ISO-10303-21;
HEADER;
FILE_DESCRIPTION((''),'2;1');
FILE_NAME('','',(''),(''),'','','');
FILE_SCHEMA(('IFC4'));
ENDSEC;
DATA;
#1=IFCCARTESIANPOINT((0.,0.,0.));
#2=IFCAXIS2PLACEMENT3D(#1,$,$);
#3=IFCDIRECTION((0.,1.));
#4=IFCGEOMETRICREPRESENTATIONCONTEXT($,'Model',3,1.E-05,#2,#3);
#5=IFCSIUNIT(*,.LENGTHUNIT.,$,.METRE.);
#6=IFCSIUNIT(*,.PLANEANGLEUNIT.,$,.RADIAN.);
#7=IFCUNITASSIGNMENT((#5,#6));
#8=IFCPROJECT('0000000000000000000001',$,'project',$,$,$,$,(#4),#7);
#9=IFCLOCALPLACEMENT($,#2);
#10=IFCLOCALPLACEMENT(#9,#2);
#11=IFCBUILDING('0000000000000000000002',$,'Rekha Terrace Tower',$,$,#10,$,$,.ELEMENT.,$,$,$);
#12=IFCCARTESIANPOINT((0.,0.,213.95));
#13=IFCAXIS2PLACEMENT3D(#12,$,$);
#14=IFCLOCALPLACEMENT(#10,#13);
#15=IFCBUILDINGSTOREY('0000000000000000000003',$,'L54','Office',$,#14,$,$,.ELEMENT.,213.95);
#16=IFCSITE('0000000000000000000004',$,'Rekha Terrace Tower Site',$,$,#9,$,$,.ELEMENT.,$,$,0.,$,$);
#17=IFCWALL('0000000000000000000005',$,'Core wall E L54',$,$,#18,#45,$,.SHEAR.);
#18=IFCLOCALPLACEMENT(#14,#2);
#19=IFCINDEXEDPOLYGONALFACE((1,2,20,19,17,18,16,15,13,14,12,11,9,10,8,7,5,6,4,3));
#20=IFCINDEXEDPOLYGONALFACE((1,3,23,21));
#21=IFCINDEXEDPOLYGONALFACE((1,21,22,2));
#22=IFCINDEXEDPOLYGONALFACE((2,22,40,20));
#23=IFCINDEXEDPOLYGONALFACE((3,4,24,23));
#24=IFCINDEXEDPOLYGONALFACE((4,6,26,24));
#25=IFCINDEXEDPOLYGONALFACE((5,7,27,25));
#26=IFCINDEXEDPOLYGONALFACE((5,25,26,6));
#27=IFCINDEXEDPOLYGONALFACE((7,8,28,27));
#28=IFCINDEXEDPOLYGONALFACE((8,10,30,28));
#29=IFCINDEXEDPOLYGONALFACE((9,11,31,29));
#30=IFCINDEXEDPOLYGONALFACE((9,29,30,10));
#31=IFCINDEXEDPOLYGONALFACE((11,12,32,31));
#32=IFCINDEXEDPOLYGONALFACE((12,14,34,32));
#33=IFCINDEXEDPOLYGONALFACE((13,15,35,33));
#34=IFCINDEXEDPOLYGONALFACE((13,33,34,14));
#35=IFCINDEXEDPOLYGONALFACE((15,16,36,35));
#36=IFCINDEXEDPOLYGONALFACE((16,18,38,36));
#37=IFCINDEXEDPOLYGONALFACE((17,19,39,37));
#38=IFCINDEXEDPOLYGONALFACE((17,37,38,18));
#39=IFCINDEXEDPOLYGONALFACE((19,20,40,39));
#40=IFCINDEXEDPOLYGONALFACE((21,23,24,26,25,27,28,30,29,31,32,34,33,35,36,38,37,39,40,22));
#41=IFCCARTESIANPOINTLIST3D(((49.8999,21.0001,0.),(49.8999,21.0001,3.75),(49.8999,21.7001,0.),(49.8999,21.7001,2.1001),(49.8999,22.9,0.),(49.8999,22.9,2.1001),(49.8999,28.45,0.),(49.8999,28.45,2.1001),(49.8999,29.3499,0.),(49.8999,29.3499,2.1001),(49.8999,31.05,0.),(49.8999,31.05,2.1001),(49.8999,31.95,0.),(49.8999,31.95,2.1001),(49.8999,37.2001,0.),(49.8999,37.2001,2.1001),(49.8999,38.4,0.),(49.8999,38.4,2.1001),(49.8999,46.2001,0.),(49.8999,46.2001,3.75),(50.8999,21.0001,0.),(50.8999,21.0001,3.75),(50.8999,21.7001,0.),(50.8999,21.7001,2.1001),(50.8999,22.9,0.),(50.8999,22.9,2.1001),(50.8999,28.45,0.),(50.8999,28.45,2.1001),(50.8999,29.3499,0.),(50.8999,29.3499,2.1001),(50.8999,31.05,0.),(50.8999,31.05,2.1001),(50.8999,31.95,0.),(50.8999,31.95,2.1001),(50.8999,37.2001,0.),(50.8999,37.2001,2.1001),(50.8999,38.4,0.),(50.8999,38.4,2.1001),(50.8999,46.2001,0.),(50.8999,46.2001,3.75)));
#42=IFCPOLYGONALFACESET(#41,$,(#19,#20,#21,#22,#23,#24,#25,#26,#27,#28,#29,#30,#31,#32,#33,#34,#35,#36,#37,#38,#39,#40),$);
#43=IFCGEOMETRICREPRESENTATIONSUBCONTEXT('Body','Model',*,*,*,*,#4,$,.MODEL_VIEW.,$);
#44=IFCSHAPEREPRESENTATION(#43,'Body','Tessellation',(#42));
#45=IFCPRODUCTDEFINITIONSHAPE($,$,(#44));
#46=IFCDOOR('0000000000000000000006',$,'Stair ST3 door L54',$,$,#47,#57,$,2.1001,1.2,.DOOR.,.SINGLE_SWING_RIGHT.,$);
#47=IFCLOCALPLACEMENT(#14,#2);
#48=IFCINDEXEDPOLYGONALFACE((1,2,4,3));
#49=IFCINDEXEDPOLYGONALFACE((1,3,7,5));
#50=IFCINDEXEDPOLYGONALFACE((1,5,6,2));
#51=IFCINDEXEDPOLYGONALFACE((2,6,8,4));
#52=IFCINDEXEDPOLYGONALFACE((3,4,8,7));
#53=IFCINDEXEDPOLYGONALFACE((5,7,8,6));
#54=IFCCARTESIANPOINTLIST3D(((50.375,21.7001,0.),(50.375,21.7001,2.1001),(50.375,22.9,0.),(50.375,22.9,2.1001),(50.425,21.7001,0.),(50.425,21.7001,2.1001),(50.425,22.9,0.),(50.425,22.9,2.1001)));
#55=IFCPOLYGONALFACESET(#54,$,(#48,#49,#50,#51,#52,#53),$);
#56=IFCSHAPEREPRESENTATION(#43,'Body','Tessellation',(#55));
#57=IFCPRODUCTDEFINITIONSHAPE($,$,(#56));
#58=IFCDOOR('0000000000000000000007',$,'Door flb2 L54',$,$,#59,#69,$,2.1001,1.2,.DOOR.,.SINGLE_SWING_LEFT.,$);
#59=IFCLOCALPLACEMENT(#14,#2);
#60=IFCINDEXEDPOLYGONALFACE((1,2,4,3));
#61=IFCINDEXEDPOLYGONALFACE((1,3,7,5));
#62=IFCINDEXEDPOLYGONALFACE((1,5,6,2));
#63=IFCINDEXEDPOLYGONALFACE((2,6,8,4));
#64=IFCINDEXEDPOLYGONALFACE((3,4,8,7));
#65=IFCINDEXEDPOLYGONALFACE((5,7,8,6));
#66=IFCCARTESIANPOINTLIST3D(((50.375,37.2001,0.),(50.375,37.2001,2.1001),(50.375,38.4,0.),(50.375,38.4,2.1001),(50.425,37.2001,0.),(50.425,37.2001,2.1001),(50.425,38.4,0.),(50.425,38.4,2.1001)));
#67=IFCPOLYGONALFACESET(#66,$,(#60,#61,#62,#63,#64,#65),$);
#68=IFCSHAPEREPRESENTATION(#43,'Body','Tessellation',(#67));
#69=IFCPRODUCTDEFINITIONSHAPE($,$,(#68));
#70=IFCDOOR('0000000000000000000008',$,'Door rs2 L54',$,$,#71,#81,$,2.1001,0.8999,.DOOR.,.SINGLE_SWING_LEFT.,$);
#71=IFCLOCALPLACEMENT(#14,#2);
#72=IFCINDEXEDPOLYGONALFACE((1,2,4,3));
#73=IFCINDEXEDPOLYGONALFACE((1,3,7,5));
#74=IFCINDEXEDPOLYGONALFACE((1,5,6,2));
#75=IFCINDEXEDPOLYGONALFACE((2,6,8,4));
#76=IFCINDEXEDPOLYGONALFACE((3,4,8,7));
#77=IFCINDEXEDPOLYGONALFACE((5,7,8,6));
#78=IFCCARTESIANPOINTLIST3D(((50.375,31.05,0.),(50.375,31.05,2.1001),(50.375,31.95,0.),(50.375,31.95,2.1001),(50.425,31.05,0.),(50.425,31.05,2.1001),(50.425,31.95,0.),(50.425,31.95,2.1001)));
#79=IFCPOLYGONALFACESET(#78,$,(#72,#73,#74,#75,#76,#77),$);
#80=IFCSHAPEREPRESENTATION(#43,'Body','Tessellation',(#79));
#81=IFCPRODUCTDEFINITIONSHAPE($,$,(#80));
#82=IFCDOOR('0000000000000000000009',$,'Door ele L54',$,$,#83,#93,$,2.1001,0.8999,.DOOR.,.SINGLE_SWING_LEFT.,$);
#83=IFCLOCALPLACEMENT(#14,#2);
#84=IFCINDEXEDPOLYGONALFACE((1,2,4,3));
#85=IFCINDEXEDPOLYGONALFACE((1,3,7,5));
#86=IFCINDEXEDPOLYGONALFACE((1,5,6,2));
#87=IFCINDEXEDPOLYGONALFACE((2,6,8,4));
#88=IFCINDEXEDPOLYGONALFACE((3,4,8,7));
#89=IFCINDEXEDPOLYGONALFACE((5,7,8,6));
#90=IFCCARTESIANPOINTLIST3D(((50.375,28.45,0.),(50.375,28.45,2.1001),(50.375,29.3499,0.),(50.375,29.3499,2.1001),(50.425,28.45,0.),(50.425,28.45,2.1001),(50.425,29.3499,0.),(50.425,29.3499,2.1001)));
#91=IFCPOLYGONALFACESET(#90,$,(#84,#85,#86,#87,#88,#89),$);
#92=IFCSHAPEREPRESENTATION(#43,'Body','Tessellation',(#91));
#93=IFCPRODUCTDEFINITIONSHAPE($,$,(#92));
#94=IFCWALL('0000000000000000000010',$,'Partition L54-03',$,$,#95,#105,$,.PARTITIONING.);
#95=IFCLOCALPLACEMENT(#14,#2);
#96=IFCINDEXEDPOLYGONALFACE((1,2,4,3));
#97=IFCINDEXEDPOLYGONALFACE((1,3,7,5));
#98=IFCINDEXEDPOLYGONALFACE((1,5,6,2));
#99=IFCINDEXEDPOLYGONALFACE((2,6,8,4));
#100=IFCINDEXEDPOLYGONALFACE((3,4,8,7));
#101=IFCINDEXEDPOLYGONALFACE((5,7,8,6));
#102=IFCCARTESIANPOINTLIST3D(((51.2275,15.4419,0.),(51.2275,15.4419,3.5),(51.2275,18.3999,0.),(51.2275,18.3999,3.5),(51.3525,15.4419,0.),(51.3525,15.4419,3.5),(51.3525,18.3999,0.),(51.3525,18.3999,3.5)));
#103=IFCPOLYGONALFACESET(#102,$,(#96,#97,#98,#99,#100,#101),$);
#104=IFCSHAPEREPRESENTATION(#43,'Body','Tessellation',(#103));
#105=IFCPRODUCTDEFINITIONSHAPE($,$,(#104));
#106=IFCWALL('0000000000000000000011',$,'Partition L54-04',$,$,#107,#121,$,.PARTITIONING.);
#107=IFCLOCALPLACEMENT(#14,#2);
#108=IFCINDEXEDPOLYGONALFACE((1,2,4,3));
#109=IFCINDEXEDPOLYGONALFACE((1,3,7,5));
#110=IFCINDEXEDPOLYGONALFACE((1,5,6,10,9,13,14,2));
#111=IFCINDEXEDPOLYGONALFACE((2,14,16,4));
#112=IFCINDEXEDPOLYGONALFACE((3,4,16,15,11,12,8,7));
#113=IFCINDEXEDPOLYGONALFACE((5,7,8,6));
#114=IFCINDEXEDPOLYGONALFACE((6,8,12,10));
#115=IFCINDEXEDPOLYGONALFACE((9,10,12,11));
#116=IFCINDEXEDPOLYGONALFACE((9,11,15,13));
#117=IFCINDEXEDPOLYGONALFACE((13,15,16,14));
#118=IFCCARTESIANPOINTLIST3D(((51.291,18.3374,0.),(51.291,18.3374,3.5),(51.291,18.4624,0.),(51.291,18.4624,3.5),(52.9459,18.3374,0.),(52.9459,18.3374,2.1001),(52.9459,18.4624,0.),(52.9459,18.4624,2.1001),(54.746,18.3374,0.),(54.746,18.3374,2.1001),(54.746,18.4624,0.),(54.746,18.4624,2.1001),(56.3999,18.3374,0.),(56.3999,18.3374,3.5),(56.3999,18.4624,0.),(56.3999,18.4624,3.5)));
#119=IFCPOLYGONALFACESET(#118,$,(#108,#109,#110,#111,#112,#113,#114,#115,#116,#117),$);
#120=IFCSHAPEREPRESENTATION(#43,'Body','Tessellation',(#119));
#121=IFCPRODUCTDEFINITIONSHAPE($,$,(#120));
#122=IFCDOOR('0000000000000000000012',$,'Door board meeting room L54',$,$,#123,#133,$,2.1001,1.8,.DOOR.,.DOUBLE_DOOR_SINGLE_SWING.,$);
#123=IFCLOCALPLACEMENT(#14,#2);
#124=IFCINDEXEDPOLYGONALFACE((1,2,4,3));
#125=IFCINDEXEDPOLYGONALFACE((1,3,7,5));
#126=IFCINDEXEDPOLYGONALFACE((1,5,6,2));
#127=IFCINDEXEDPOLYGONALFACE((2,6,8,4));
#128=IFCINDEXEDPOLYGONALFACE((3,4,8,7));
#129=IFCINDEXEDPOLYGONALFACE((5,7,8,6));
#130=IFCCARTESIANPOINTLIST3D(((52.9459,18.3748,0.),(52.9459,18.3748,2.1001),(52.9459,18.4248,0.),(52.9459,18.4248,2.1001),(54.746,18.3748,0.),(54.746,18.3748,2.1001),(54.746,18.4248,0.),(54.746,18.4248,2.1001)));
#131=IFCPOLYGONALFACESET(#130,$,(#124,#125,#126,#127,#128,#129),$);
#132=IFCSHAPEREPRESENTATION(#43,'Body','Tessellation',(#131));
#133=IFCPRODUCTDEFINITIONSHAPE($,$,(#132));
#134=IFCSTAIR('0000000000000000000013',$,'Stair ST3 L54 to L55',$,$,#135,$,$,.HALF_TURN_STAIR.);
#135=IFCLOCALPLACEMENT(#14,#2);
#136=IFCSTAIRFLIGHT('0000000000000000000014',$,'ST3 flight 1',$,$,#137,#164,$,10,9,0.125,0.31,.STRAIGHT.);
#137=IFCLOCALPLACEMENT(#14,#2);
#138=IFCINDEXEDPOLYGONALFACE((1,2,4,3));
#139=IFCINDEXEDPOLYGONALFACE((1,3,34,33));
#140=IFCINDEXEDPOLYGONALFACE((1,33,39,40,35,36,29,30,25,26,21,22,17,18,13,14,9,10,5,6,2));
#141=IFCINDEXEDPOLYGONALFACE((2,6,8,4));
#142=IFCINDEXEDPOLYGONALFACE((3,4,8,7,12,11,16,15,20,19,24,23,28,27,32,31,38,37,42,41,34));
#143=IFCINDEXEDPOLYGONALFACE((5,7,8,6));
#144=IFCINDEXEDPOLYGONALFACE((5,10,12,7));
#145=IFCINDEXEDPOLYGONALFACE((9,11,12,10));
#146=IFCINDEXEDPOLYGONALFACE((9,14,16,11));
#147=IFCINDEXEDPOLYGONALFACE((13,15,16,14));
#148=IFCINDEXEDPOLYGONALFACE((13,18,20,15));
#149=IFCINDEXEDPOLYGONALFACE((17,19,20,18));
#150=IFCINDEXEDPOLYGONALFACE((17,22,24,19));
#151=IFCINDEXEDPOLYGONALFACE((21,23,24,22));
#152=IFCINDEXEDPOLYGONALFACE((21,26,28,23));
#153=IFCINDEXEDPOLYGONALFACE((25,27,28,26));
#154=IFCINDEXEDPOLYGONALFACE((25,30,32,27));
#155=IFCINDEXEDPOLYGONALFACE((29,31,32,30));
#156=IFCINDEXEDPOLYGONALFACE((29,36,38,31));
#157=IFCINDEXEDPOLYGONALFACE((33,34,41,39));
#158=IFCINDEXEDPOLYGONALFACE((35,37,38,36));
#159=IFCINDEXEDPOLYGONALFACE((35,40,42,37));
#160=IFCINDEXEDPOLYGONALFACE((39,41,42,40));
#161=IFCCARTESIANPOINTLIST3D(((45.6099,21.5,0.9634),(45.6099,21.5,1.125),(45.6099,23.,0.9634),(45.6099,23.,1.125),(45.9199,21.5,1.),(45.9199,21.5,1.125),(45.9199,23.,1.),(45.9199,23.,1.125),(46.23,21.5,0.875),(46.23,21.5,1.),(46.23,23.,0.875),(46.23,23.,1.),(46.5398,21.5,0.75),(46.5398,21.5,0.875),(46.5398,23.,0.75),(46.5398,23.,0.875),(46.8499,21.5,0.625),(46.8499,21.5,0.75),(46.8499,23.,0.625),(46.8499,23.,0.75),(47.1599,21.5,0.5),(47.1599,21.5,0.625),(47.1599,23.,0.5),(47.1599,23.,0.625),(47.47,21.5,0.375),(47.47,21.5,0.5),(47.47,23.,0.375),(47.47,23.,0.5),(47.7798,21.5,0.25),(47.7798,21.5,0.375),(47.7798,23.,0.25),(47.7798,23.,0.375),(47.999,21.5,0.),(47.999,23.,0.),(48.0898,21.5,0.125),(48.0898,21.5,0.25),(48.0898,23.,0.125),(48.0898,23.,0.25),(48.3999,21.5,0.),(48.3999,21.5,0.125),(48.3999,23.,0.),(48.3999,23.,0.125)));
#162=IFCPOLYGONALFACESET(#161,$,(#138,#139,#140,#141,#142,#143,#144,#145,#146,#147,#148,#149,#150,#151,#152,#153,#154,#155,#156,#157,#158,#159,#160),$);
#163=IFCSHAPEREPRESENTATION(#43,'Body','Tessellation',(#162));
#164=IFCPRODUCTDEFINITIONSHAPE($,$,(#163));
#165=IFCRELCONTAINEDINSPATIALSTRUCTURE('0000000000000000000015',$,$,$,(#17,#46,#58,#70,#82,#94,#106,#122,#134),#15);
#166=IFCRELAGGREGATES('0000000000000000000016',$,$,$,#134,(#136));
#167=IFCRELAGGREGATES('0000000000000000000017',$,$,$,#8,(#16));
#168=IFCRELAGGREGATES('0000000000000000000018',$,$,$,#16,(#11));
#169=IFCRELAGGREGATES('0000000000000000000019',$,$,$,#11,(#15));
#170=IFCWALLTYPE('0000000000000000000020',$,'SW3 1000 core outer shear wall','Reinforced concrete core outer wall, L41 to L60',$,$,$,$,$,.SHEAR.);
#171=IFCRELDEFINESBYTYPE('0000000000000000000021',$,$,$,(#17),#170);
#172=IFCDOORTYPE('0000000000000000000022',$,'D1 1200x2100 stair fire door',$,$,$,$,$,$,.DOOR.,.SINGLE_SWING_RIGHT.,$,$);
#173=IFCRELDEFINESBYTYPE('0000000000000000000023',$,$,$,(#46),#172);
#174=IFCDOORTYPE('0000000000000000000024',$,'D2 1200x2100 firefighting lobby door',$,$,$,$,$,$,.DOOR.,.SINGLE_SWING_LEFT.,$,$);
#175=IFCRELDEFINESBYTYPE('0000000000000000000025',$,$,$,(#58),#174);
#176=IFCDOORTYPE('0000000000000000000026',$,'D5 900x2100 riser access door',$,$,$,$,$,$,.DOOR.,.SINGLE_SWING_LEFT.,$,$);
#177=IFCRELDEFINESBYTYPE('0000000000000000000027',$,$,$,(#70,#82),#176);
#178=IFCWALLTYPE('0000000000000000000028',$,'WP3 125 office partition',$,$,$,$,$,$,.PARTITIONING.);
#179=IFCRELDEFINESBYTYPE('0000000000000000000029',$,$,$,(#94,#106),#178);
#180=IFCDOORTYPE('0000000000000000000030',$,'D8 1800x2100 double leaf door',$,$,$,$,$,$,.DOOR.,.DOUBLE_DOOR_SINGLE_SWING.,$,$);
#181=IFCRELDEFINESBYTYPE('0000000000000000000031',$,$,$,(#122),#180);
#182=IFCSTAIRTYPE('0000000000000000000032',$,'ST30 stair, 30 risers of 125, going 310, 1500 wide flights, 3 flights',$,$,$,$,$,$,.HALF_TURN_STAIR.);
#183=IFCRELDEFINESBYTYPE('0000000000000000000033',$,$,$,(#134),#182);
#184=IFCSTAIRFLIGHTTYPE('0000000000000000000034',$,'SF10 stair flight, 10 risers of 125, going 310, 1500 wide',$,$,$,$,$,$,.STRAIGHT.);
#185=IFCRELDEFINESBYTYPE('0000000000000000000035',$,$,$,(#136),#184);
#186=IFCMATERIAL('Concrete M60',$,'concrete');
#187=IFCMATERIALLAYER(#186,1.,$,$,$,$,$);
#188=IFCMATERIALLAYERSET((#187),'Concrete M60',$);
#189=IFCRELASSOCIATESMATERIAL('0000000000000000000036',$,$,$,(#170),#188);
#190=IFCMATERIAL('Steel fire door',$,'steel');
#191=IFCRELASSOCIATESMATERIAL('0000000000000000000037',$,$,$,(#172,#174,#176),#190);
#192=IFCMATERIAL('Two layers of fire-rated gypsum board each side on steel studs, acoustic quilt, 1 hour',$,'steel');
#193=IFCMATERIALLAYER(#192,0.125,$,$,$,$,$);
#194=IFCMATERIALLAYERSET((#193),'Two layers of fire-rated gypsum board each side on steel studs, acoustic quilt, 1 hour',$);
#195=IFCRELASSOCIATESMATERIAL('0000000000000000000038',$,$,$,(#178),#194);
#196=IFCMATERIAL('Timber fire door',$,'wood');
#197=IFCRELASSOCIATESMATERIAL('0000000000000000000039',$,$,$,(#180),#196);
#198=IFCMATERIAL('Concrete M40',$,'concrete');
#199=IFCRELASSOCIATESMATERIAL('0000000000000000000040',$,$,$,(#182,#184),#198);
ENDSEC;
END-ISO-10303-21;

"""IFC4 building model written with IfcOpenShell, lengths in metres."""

from ifc_helpers import new_model, si_unit, direction, frame, frame_2d, origin, place, context, subcontext, project, spatial, polyline, rectangle, outline, extrude, material, layer, layer_set, type_object, element, fill, aggregate, save


model = new_model("IFC4")

# Units and contexts
model_context = context("Model", 3, precision=1e-05, world=origin(), true_north=direction((0.0, 1.0)))
body_context = subcontext(model_context, "Body", "Model", "MODEL_VIEW")
ifc_project = project(units=[si_unit("LENGTHUNIT", "METRE"), si_unit("PLANEANGLEUNIT", "RADIAN")], contexts=[model_context])

# Site, building, storey
site_placement = place(None, origin())
site = spatial("IfcSite", under=ifc_project, at=site_placement, Name="Rekha Terrace Tower Site", CompositionType="ELEMENT", RefElevation=0.0)
building_placement = place(site_placement, origin())
building = spatial("IfcBuilding", under=site, at=building_placement, Name="Rekha Terrace Tower", CompositionType="ELEMENT")
storey_placement = place(building_placement, frame((0.0, 0.0, 213.95)))
storey = spatial("IfcBuildingStorey", under=building, at=storey_placement, Name="L54", Description="Office", CompositionType="ELEMENT", Elevation=213.95)

# Shared definitions
ifc_material_1 = material(Name="Concrete M60", Category="concrete")

# Wall, openings, doors
ifc_layer_1 = layer(ifc_material_1, 1.0)
ifc_layer_set_1 = layer_set([ifc_layer_1], Name="Concrete M60")
wall_type_1 = type_object("IfcWallType", Name="SW3 1000 core outer shear wall", Description="Reinforced concrete core outer wall, L41 to L60", PredefinedType="SHEAR", material=ifc_layer_set_1)
wall_1_placement = place(storey_placement, frame((50.3999, 21.0, 0.0), z_axis=(0.0, 0.0, 1.0), x_axis=(0.0, 1.0, 0.0)))
wall_1 = element("IfcWall", 1, at=wall_1_placement, inside=storey, type_object=wall_type_1, Name="Core wall E L54", PredefinedType="SHEAR", context=body_context, shape_type="SweptSolid", body=[
    extrude(rectangle(XDim=25.2, YDim=1.0, at=frame_2d((12.6001, 0.0))), origin(), (0.0, 0.0, 1.0), 3.75),
])
opening_1_placement = place(wall_1_placement, frame((16.2, 0.0, 0.0)))
opening_1 = element("IfcOpeningElement", 2, at=opening_1_placement, cuts=wall_1, PredefinedType="OPENING", context=body_context, shape_type="SweptSolid", body=[
    extrude(rectangle(XDim=1.2, YDim=2.1001, at=frame_2d((0.6001, 1.05))), frame((0.0, 0.51, 0.0), z_axis=(0.0, -1.0, 0.0), x_axis=(1.0, 0.0, 0.0)), (0.0, 0.0, 1.0), 1.02),
])
opening_2_placement = place(wall_1_placement, frame((10.05, 0.0, 0.0)))
opening_2 = element("IfcOpeningElement", 3, at=opening_2_placement, cuts=wall_1, PredefinedType="OPENING", context=body_context, shape_type="SweptSolid", body=[
    extrude(rectangle(XDim=0.8999, YDim=2.1001, at=frame_2d((0.45, 1.05))), frame((0.0, 0.51, 0.0), z_axis=(0.0, -1.0, 0.0), x_axis=(1.0, 0.0, 0.0)), (0.0, 0.0, 1.0), 1.02),
])
opening_3_placement = place(wall_1_placement, frame((7.45, 0.0, 0.0)))
opening_3 = element("IfcOpeningElement", 4, at=opening_3_placement, cuts=wall_1, PredefinedType="OPENING", context=body_context, shape_type="SweptSolid", body=[
    extrude(rectangle(XDim=0.8999, YDim=2.1001, at=frame_2d((0.45, 1.05))), frame((0.0, 0.51, 0.0), z_axis=(0.0, -1.0, 0.0), x_axis=(1.0, 0.0, 0.0)), (0.0, 0.0, 1.0), 1.02),
])
opening_4_placement = place(wall_1_placement, frame((0.7, 0.0, 0.0)))
opening_4 = element("IfcOpeningElement", 5, at=opening_4_placement, cuts=wall_1, PredefinedType="OPENING", context=body_context, shape_type="SweptSolid", body=[
    extrude(rectangle(XDim=1.2, YDim=2.1001, at=frame_2d((0.6001, 1.05))), frame((0.0, 0.51, 0.0), z_axis=(0.0, -1.0, 0.0), x_axis=(1.0, 0.0, 0.0)), (0.0, 0.0, 1.0), 1.02),
])
ifc_material_2 = material(Name="Steel fire door", Category="steel")
door_type_1 = type_object("IfcDoorType", Name="D1 1200x2100 stair fire door", OperationType="SINGLE_SWING_RIGHT", PredefinedType="DOOR", material=ifc_material_2)
door_1_placement = place(opening_4_placement, origin())
door_1 = element("IfcDoor", 6, at=door_1_placement, inside=storey, type_object=door_type_1, Name="Stair ST3 door L54", OperationType="SINGLE_SWING_RIGHT", OverallHeight=2.1001, OverallWidth=1.2, PredefinedType="DOOR", context=body_context, shape_type="SweptSolid", body=[
    extrude(rectangle(XDim=1.2, YDim=2.1001, at=frame_2d((0.6001, 1.05))), frame((0.0, 0.0249, 0.0), z_axis=(0.0, -1.0, 0.0), x_axis=(1.0, 0.0, 0.0)), (0.0, 0.0, 1.0), 0.05),
])
fill(opening_4, door_1)
door_type_2 = type_object("IfcDoorType", Name="D2 1200x2100 firefighting lobby door", OperationType="SINGLE_SWING_LEFT", PredefinedType="DOOR", material=ifc_material_2)
door_2_placement = place(opening_1_placement, origin())
door_2 = element("IfcDoor", 7, at=door_2_placement, inside=storey, type_object=door_type_2, Name="Door flb2 L54", OperationType="SINGLE_SWING_LEFT", OverallHeight=2.1001, OverallWidth=1.2, PredefinedType="DOOR", context=body_context, shape_type="SweptSolid", body=[
    extrude(rectangle(XDim=1.2, YDim=2.1001, at=frame_2d((0.6001, 1.05))), frame((0.0, 0.0249, 0.0), z_axis=(0.0, -1.0, 0.0), x_axis=(1.0, 0.0, 0.0)), (0.0, 0.0, 1.0), 0.05),
])
fill(opening_1, door_2)
door_type_3 = type_object("IfcDoorType", Name="D5 900x2100 riser access door", OperationType="SINGLE_SWING_LEFT", PredefinedType="DOOR", material=ifc_material_2)
door_3_placement = place(opening_2_placement, origin())
door_3 = element("IfcDoor", 8, at=door_3_placement, inside=storey, type_object=door_type_3, Name="Door rs2 L54", OperationType="SINGLE_SWING_LEFT", OverallHeight=2.1001, OverallWidth=0.8999, PredefinedType="DOOR", context=body_context, shape_type="SweptSolid", body=[
    extrude(rectangle(XDim=0.8999, YDim=2.1001, at=frame_2d((0.45, 1.05))), frame((0.0, 0.0249, 0.0), z_axis=(0.0, -1.0, 0.0), x_axis=(1.0, 0.0, 0.0)), (0.0, 0.0, 1.0), 0.05),
])
fill(opening_2, door_3)
door_4_placement = place(opening_3_placement, origin())
door_4 = element("IfcDoor", 9, at=door_4_placement, inside=storey, type_object=door_type_3, Name="Door ele L54", OperationType="SINGLE_SWING_LEFT", OverallHeight=2.1001, OverallWidth=0.8999, PredefinedType="DOOR", context=body_context, shape_type="SweptSolid", body=[
    extrude(rectangle(XDim=0.8999, YDim=2.1001, at=frame_2d((0.45, 1.05))), frame((0.0, 0.0249, 0.0), z_axis=(0.0, -1.0, 0.0), x_axis=(1.0, 0.0, 0.0)), (0.0, 0.0, 1.0), 0.05),
])
fill(opening_3, door_4)

# Wall
ifc_material_3 = material(Name="Two layers of fire-rated gypsum board each side on steel studs, acoustic quilt, 1 hour", Category="steel")
ifc_layer_2 = layer(ifc_material_3, 0.125)
ifc_layer_set_2 = layer_set([ifc_layer_2], Name="Two layers of fire-rated gypsum board each side on steel studs, acoustic quilt, 1 hour")
wall_type_2 = type_object("IfcWallType", Name="WP3 125 office partition", PredefinedType="PARTITIONING", material=ifc_layer_set_2)
wall_2_placement = place(storey_placement, frame((51.29, 18.3999, 0.0), z_axis=(0.0, 0.0, 1.0), x_axis=(0.0, -1.0, 0.0)))
element("IfcWall", 10, at=wall_2_placement, inside=storey, type_object=wall_type_2, Name="Partition L54-03", PredefinedType="PARTITIONING", context=body_context, shape_type="SweptSolid", body=[
    extrude(rectangle(XDim=2.958, YDim=0.125, at=frame_2d((1.479, 0.0))), origin(), (0.0, 0.0, 1.0), 3.5),
])

# Wall, opening, door
wall_3_placement = place(storey_placement, frame((51.291, 18.3999, 0.0), z_axis=(0.0, 0.0, 1.0), x_axis=(1.0, 0.0, 0.0)))
wall_3 = element("IfcWall", 11, at=wall_3_placement, inside=storey, type_object=wall_type_2, Name="Partition L54-04", PredefinedType="PARTITIONING", context=body_context, shape_type="SweptSolid", body=[
    extrude(rectangle(XDim=5.1089, YDim=0.125, at=frame_2d((2.5544, 0.0))), origin(), (0.0, 0.0, 1.0), 3.5),
])
opening_5_placement = place(wall_3_placement, frame((1.655, 0.0, 0.0)))
opening_5 = element("IfcOpeningElement", 12, at=opening_5_placement, cuts=wall_3, PredefinedType="OPENING", context=body_context, shape_type="SweptSolid", body=[
    extrude(rectangle(XDim=1.8, YDim=2.1001, at=frame_2d((0.8999, 1.05))), frame((0.0, 0.0725, 0.0), z_axis=(0.0, -1.0, 0.0), x_axis=(1.0, 0.0, 0.0)), (0.0, 0.0, 1.0), 0.145),
])
ifc_material_4 = material(Name="Timber fire door", Category="wood")
door_type_4 = type_object("IfcDoorType", Name="D8 1800x2100 double leaf door", OperationType="DOUBLE_DOOR_SINGLE_SWING", PredefinedType="DOOR", material=ifc_material_4)
door_5_placement = place(opening_5_placement, origin())
door_5 = element("IfcDoor", 13, at=door_5_placement, inside=storey, type_object=door_type_4, Name="Door board meeting room L54", OperationType="DOUBLE_DOOR_SINGLE_SWING", OverallHeight=2.1001, OverallWidth=1.8, PredefinedType="DOOR", context=body_context, shape_type="SweptSolid", body=[
    extrude(rectangle(XDim=1.8, YDim=2.1001, at=frame_2d((0.8999, 1.05))), frame((0.0, 0.0249, 0.0), z_axis=(0.0, -1.0, 0.0), x_axis=(1.0, 0.0, 0.0)), (0.0, 0.0, 1.0), 0.05),
])
fill(opening_5, door_5)

# Stair, stair flight
ifc_material_5 = material(Name="Concrete M40", Category="concrete")
stair_type = type_object("IfcStairType", Name="ST30 stair, 30 risers of 125, going 310, 1500 wide flights, 3 flights", PredefinedType="HALF_TURN_STAIR", material=ifc_material_5)
stair_placement = place(storey_placement, origin())
stair = element("IfcStair", 14, at=stair_placement, inside=storey, type_object=stair_type, Name="Stair ST3 L54 to L55", PredefinedType="HALF_TURN_STAIR")
stair_flight_type = type_object("IfcStairFlightType", Name="SF10 stair flight, 10 risers of 125, going 310, 1500 wide", PredefinedType="STRAIGHT", material=ifc_material_5)
stair_flight_1_placement = place(storey_placement, frame((48.3999, 22.25, 0.0), z_axis=(0.0, 0.0, 1.0), x_axis=(-1.0, 0.0, 0.0)))
stair_flight_1 = element("IfcStairFlight", 15, at=stair_flight_1_placement, type_object=stair_flight_type, Name="ST3 flight 1", NumberOfRisers=10, NumberOfTreads=9, PredefinedType="STRAIGHT", RiserHeight=0.125, TreadLength=0.31, context=body_context, shape_type="SweptSolid", body=[
    extrude(outline(polyline([(0.0, 0.0), (0.0, 0.125), (0.3101, 0.125), (0.3101, 0.25), (0.6201, 0.25), (0.6201, 0.375), (0.9299, 0.375), (0.9299, 0.5), (1.24, 0.5), (1.24, 0.625), (1.55, 0.625), (1.55, 0.75), (1.8601, 0.75), (1.8601, 0.875), (2.1699, 0.875), (2.1699, 1.0), (2.48, 1.0), (2.48, 1.125), (2.79, 1.125), (2.79, 1.25), (2.79, 0.9634), (0.4009, 0.0), (0.0, 0.0)])), frame((0.0, 0.75, 0.0), z_axis=(0.0, -1.0, 0.0), x_axis=(1.0, 0.0, 0.0)), (0.0, 0.0, 1.0), 1.5),
])
aggregate(stair, [stair_flight_1])

save(model, "model.ifc")
